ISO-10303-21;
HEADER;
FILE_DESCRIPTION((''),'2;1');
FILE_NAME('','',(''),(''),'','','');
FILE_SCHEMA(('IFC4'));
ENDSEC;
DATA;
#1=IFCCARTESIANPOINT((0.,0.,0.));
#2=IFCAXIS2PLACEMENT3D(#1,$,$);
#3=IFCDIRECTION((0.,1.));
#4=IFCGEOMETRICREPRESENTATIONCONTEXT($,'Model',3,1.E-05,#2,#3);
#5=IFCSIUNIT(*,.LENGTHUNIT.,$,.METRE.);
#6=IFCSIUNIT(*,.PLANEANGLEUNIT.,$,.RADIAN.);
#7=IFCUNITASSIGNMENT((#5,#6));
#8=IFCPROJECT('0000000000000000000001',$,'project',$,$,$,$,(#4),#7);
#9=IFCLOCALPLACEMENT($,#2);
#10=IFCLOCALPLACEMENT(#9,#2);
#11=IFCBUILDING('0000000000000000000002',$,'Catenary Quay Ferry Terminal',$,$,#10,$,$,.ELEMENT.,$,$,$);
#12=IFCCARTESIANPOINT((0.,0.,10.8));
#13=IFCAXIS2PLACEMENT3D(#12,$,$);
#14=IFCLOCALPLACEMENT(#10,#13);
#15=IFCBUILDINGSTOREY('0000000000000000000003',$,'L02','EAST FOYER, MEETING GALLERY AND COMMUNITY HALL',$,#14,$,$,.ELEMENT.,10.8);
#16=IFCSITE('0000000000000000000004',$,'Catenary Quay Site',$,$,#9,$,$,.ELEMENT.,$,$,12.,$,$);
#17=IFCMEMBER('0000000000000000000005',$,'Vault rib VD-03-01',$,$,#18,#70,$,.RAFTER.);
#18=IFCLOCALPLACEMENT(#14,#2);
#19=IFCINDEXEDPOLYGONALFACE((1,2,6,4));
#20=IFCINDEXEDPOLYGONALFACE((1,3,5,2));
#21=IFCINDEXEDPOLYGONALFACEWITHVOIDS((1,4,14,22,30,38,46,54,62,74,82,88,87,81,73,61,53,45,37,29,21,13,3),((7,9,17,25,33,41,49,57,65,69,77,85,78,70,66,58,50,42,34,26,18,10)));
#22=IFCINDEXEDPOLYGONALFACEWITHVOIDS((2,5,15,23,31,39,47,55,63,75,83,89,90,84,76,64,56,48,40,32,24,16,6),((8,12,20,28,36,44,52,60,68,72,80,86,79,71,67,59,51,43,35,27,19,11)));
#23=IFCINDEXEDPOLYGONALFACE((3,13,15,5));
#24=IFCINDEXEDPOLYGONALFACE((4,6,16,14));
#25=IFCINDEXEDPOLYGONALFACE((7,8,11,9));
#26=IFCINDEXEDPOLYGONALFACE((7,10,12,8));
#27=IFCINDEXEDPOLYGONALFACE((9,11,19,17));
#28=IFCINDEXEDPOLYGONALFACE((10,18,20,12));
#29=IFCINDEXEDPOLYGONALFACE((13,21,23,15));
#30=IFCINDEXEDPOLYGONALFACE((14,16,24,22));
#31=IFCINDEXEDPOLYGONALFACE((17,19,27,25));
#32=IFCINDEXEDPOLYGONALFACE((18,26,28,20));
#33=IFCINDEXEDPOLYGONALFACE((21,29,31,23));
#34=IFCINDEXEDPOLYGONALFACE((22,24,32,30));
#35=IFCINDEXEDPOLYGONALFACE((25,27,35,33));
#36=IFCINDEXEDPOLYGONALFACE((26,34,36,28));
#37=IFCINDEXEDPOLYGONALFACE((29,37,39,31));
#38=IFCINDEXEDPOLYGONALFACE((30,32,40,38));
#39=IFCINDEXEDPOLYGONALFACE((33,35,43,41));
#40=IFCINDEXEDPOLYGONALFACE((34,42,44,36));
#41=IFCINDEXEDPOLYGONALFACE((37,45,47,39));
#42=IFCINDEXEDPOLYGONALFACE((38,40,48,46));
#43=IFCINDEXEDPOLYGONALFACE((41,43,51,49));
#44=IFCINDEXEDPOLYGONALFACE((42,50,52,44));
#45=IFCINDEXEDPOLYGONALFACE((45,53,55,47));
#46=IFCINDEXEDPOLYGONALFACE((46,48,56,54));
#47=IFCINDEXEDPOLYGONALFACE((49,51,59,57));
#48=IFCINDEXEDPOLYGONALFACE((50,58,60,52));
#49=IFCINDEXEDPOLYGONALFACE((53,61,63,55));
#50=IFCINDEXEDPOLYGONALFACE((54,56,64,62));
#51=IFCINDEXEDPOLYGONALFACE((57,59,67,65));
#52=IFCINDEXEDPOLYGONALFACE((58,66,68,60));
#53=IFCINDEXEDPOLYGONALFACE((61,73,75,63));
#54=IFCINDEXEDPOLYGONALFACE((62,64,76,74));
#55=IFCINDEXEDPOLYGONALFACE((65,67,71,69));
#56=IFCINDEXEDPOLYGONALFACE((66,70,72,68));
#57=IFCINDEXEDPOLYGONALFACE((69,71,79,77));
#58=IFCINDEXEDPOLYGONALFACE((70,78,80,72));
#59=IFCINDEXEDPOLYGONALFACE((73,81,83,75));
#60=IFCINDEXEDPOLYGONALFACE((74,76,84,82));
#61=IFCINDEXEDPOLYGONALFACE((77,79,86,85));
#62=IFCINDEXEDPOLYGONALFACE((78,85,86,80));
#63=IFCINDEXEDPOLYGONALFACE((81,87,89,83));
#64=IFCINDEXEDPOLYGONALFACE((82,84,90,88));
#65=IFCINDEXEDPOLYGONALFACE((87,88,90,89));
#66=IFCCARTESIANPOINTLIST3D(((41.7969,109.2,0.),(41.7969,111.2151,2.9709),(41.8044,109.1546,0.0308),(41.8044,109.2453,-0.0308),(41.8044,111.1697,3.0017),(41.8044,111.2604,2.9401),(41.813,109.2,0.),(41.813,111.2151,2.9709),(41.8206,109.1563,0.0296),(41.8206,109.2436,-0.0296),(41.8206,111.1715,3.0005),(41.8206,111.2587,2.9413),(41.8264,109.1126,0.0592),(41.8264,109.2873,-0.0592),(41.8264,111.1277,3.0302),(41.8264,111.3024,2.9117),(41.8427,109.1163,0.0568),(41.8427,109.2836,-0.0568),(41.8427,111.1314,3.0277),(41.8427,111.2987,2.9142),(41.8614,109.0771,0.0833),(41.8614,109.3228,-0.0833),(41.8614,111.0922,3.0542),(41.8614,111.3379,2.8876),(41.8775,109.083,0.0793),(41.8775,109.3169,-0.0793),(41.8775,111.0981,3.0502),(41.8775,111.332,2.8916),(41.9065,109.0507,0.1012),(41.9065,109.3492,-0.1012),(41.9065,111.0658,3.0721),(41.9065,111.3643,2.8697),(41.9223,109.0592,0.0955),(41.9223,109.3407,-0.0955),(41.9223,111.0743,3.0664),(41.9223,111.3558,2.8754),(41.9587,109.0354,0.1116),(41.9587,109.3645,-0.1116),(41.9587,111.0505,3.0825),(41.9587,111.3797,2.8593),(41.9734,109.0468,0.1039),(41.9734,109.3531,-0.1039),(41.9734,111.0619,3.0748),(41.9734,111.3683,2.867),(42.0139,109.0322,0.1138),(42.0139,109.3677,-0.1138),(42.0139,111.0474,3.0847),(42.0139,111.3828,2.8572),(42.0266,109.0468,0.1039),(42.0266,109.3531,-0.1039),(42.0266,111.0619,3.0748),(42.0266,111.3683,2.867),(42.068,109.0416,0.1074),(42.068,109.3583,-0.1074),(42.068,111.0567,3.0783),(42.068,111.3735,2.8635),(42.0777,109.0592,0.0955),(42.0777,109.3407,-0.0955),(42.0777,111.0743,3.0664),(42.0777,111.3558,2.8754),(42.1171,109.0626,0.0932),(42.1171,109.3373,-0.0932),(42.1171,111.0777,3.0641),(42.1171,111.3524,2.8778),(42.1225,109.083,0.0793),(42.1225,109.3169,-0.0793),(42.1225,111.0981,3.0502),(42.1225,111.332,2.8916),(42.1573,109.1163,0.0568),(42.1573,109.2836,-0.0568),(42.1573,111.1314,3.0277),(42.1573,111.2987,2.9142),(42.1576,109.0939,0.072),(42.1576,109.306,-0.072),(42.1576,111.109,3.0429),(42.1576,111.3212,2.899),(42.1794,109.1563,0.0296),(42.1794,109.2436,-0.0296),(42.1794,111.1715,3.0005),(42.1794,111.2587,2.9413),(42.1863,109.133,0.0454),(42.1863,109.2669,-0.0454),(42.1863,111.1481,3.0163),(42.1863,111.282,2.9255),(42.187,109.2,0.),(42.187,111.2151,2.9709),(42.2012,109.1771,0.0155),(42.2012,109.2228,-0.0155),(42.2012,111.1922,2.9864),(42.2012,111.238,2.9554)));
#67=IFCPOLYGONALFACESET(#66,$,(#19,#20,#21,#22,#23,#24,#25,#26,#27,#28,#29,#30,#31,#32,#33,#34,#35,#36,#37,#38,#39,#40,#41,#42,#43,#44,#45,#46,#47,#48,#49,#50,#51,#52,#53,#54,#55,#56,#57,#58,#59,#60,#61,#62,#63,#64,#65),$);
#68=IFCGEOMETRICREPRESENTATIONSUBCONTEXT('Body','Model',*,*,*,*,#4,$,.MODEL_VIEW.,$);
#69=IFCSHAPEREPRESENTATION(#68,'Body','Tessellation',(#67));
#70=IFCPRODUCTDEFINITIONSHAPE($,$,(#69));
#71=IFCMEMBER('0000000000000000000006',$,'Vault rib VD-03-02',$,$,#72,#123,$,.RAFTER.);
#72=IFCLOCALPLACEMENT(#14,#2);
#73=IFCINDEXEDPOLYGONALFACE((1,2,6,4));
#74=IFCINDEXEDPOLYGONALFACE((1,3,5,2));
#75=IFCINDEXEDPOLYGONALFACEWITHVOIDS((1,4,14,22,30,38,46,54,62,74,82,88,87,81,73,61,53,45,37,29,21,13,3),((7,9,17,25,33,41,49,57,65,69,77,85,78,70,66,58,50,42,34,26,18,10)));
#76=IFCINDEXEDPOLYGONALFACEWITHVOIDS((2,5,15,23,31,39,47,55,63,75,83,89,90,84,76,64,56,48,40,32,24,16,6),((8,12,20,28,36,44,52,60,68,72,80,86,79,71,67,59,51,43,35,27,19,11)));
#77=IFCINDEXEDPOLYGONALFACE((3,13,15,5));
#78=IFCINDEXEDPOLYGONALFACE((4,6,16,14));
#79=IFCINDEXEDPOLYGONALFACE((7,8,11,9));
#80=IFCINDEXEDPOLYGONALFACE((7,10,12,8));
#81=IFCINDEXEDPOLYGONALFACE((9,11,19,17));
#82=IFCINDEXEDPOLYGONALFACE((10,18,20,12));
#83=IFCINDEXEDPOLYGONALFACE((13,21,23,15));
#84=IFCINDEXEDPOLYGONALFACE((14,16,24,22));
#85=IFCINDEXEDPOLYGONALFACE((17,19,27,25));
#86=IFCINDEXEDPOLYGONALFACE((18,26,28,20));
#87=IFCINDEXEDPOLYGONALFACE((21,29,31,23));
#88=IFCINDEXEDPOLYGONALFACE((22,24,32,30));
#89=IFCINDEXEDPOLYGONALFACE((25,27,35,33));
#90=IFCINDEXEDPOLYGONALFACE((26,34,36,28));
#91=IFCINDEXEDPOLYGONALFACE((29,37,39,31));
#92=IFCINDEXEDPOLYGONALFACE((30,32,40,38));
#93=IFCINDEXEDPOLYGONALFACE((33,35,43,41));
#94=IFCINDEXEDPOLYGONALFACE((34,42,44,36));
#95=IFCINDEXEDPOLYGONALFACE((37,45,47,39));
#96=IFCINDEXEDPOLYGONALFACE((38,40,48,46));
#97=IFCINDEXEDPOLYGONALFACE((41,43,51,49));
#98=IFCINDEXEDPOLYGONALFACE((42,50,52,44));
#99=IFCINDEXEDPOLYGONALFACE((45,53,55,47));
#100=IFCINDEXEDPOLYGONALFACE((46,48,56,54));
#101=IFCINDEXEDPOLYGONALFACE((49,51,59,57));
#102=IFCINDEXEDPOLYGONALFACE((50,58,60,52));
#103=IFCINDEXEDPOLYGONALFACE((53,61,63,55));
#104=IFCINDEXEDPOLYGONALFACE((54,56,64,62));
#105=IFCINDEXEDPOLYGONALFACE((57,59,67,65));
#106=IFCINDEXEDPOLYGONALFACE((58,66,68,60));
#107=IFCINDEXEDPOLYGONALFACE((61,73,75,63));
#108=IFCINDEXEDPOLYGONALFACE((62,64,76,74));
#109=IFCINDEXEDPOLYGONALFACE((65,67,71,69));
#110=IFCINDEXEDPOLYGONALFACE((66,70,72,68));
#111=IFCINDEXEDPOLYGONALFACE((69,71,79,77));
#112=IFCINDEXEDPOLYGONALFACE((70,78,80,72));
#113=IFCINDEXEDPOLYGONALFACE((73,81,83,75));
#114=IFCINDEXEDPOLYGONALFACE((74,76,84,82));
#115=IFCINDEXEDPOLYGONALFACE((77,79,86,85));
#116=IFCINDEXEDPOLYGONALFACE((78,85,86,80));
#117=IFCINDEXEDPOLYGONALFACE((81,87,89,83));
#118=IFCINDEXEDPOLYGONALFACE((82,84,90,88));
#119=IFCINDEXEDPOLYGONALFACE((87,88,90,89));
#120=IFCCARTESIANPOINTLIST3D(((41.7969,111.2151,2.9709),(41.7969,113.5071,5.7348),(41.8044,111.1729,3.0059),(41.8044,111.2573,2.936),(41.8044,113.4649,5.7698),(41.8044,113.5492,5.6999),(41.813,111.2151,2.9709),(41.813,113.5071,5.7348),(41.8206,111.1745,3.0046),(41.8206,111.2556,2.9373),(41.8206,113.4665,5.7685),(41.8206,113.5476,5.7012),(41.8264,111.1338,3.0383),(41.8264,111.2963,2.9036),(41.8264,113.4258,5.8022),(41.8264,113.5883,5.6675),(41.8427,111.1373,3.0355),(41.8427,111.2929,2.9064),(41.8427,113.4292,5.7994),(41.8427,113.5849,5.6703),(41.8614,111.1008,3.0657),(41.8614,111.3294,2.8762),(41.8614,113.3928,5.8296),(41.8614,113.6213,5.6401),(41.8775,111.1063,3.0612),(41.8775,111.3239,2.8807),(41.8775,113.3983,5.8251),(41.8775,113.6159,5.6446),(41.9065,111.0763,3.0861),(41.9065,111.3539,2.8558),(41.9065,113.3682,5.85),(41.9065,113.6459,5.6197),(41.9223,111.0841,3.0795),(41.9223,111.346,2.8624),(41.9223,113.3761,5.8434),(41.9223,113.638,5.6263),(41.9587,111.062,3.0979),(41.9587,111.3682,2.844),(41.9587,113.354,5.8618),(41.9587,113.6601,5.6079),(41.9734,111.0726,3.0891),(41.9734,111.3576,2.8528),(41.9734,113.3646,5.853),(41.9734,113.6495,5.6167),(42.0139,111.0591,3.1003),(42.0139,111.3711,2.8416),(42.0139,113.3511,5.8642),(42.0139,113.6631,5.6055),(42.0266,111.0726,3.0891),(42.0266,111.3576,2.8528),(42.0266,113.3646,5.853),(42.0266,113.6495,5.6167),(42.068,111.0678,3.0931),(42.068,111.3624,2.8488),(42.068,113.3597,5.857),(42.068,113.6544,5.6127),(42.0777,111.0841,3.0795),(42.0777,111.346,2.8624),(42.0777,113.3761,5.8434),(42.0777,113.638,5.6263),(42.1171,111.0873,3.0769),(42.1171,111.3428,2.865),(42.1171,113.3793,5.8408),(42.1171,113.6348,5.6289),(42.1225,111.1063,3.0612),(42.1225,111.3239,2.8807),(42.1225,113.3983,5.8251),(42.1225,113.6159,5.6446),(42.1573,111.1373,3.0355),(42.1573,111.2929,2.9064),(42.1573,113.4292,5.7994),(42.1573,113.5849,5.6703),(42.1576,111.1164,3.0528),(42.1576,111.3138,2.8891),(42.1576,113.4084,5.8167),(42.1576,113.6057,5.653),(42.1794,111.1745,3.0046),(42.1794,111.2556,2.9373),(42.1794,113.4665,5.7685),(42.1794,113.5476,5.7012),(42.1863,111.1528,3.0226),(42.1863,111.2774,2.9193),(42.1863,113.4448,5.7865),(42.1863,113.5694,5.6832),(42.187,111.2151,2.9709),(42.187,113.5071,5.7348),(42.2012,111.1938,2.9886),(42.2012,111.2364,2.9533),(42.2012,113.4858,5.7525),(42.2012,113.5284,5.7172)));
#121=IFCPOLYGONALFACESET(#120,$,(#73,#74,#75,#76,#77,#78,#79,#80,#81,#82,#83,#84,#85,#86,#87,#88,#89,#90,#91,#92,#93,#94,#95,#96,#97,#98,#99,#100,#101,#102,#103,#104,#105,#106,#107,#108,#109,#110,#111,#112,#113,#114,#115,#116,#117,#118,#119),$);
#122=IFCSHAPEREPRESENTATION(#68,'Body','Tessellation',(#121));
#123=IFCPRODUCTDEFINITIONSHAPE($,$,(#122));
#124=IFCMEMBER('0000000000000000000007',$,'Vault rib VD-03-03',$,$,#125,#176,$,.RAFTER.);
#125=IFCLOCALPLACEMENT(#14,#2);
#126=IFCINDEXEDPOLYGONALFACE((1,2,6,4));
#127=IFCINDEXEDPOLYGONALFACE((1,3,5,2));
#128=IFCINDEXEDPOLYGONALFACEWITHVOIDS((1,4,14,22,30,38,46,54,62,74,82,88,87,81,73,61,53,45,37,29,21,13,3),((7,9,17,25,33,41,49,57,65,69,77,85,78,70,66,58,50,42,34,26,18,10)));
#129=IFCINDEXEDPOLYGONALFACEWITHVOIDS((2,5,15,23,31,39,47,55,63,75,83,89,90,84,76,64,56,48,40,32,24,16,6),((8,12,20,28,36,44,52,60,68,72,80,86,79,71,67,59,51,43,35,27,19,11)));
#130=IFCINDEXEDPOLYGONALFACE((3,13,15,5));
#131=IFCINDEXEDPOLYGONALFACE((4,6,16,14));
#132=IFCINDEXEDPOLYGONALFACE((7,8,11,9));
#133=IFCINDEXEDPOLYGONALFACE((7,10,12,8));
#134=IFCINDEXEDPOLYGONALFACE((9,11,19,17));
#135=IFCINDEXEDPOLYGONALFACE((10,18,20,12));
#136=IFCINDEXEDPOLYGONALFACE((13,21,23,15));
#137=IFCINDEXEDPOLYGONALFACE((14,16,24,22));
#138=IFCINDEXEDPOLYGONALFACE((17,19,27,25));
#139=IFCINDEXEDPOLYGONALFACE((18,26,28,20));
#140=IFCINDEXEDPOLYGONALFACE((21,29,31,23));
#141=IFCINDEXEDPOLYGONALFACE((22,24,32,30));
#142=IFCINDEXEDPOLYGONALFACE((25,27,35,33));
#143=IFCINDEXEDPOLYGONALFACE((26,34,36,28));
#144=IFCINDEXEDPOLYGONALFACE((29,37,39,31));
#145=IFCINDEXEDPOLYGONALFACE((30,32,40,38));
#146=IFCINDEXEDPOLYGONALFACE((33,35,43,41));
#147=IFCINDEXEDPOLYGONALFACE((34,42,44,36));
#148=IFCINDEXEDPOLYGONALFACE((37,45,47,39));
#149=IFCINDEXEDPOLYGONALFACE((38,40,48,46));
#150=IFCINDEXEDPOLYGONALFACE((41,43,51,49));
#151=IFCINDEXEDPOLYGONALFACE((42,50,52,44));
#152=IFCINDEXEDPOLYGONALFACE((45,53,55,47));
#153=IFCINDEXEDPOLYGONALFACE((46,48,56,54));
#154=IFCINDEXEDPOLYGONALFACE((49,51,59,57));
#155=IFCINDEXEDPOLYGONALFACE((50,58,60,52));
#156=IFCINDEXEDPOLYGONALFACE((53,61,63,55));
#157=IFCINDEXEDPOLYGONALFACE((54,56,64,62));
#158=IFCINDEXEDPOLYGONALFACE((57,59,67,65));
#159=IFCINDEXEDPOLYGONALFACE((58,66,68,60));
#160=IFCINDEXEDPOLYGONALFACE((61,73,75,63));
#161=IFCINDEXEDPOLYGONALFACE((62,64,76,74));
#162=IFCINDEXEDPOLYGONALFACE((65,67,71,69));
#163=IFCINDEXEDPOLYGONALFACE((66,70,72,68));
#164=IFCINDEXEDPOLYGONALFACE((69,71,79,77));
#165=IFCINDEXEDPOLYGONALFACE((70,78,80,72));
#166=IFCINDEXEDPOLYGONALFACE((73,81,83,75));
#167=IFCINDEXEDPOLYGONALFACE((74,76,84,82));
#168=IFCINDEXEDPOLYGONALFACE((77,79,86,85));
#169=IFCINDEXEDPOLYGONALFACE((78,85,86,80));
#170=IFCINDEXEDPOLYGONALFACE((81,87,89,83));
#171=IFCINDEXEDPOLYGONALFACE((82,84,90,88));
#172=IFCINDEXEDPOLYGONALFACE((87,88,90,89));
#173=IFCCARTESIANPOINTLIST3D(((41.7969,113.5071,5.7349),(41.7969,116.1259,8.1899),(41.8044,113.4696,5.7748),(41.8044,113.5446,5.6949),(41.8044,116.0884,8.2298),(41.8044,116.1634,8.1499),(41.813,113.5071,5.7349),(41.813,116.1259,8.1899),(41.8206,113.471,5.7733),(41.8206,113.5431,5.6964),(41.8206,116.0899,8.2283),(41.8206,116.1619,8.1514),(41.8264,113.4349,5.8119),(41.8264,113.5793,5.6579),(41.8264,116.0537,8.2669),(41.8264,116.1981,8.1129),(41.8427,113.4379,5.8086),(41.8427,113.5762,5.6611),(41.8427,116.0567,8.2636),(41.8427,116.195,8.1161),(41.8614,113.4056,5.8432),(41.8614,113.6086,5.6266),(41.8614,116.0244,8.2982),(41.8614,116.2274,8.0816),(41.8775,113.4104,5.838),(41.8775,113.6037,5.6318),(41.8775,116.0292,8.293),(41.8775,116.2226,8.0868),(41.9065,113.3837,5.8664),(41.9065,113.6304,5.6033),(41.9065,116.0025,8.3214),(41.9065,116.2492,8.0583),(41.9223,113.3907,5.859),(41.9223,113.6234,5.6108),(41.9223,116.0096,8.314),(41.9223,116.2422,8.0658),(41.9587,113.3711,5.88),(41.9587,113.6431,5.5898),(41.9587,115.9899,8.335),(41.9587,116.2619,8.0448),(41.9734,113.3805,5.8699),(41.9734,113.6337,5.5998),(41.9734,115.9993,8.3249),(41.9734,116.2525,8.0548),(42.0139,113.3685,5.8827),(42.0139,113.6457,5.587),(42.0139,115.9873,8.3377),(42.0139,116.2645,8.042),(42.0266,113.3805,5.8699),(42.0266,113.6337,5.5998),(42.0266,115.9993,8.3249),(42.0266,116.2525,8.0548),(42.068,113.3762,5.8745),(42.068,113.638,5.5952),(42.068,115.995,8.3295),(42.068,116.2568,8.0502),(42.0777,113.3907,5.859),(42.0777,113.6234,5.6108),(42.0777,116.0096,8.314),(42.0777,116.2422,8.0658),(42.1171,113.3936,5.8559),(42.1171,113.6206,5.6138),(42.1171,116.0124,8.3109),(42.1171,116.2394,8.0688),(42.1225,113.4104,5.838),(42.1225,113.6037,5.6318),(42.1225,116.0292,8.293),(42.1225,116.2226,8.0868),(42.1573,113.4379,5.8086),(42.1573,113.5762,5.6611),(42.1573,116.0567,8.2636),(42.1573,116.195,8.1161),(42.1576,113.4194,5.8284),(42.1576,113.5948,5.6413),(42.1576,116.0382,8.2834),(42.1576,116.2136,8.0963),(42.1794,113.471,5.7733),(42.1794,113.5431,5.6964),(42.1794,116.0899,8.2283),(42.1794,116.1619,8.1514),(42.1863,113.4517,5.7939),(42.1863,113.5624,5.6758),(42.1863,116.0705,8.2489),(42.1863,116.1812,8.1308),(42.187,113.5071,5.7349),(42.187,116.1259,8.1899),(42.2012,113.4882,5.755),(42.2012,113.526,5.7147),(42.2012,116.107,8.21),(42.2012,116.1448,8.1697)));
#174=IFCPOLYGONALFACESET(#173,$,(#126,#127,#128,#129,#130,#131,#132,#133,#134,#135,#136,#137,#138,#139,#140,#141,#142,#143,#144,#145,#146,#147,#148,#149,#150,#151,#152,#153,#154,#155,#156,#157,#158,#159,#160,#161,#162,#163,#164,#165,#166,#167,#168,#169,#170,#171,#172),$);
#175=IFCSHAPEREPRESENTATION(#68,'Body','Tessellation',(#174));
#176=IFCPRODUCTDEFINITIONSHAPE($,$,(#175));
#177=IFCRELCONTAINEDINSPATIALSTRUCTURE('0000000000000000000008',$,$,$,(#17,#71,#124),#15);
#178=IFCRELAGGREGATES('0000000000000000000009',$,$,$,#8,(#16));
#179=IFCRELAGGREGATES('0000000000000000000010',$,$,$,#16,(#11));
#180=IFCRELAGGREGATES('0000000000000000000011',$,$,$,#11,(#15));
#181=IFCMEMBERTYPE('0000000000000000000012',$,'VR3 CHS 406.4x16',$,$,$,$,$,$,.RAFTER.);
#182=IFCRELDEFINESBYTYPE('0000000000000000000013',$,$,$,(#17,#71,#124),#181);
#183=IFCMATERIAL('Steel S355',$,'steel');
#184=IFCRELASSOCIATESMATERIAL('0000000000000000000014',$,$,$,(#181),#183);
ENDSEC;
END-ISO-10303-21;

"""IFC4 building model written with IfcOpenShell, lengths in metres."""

from ifc_helpers import new_model, si_unit, direction, frame, origin, origin_2d, place, context, subcontext, project, spatial, hollow_circle, extrude, material, material_profile, profile_set, type_object, element, save


model = new_model("IFC4")

# Units and contexts
model_context = context("Model", 3, precision=1e-05, world=origin(), true_north=direction((0.0, 1.0)))
body_context = subcontext(model_context, "Body", "Model", "MODEL_VIEW")
ifc_project = project(units=[si_unit("LENGTHUNIT", "METRE"), si_unit("PLANEANGLEUNIT", "RADIAN")], contexts=[model_context])

# Site, building, storey
site_placement = place(None, origin())
site = spatial("IfcSite", under=ifc_project, at=site_placement, Name="Catenary Quay Site", CompositionType="ELEMENT", RefElevation=12.0)
building_placement = place(site_placement, origin())
building = spatial("IfcBuilding", under=site, at=building_placement, Name="Catenary Quay Ferry Terminal", CompositionType="ELEMENT")
storey_placement = place(building_placement, frame((0.0, 0.0, 10.8)))
storey = spatial("IfcBuildingStorey", under=building, at=storey_placement, Name="L02", Description="EAST FOYER, MEETING GALLERY AND COMMUNITY HALL", CompositionType="ELEMENT", Elevation=10.8)

# Members
ifc_material_1 = material(Name="Steel S355", Category="steel")
ifc_material_profile_1 = material_profile(ifc_material_1, hollow_circle(Radius=0.2031, WallThickness=0.0161, at=origin_2d()), Name="CHS 406.4x16")
ifc_profile_set_1 = profile_set([ifc_material_profile_1], Name="Steel S355")
member_type_1 = type_object("IfcMemberType", Name="VR3 CHS 406.4x16", PredefinedType="RAFTER", material=ifc_profile_set_1)
member_1_placement = place(storey_placement, frame((42.0, 109.2, 0.0), z_axis=(0.0, 0.561337, 0.827587), x_axis=(-1.0, 0.0, 0.0)))
element("IfcMember", 1, at=member_1_placement, inside=storey, type_object=member_type_1, Name="Vault rib VD-03-01", PredefinedType="RAFTER", context=body_context, shape_type="SweptSolid", body=[
    extrude(hollow_circle(Radius=0.2031, WallThickness=0.0161, at=origin_2d()), origin(), (0.0, 0.0, 1.0), 3.5898),
])
member_2_placement = place(storey_placement, frame((42.0, 111.2151, 2.9709), z_axis=(0.0, 0.63833, 0.769763), x_axis=(-1.0, 0.0, 0.0)))
element("IfcMember", 2, at=member_2_placement, inside=storey, type_object=member_type_1, Name="Vault rib VD-03-02", PredefinedType="RAFTER", context=body_context, shape_type="SweptSolid", body=[
    extrude(hollow_circle(Radius=0.2031, WallThickness=0.0161, at=origin_2d()), origin(), (0.0, 0.0, 1.0), 3.5906),
])
member_3_placement = place(storey_placement, frame((42.0, 113.5071, 5.7349), z_axis=(0.0, 0.729556, 0.683921), x_axis=(-1.0, 0.0, 0.0)))
element("IfcMember", 3, at=member_3_placement, inside=storey, type_object=member_type_1, Name="Vault rib VD-03-03", PredefinedType="RAFTER", context=body_context, shape_type="SweptSolid", body=[
    extrude(hollow_circle(Radius=0.2031, WallThickness=0.0161, at=origin_2d()), origin(), (0.0, 0.0, 1.0), 3.5896),
])

save(model, "model.ifc")
